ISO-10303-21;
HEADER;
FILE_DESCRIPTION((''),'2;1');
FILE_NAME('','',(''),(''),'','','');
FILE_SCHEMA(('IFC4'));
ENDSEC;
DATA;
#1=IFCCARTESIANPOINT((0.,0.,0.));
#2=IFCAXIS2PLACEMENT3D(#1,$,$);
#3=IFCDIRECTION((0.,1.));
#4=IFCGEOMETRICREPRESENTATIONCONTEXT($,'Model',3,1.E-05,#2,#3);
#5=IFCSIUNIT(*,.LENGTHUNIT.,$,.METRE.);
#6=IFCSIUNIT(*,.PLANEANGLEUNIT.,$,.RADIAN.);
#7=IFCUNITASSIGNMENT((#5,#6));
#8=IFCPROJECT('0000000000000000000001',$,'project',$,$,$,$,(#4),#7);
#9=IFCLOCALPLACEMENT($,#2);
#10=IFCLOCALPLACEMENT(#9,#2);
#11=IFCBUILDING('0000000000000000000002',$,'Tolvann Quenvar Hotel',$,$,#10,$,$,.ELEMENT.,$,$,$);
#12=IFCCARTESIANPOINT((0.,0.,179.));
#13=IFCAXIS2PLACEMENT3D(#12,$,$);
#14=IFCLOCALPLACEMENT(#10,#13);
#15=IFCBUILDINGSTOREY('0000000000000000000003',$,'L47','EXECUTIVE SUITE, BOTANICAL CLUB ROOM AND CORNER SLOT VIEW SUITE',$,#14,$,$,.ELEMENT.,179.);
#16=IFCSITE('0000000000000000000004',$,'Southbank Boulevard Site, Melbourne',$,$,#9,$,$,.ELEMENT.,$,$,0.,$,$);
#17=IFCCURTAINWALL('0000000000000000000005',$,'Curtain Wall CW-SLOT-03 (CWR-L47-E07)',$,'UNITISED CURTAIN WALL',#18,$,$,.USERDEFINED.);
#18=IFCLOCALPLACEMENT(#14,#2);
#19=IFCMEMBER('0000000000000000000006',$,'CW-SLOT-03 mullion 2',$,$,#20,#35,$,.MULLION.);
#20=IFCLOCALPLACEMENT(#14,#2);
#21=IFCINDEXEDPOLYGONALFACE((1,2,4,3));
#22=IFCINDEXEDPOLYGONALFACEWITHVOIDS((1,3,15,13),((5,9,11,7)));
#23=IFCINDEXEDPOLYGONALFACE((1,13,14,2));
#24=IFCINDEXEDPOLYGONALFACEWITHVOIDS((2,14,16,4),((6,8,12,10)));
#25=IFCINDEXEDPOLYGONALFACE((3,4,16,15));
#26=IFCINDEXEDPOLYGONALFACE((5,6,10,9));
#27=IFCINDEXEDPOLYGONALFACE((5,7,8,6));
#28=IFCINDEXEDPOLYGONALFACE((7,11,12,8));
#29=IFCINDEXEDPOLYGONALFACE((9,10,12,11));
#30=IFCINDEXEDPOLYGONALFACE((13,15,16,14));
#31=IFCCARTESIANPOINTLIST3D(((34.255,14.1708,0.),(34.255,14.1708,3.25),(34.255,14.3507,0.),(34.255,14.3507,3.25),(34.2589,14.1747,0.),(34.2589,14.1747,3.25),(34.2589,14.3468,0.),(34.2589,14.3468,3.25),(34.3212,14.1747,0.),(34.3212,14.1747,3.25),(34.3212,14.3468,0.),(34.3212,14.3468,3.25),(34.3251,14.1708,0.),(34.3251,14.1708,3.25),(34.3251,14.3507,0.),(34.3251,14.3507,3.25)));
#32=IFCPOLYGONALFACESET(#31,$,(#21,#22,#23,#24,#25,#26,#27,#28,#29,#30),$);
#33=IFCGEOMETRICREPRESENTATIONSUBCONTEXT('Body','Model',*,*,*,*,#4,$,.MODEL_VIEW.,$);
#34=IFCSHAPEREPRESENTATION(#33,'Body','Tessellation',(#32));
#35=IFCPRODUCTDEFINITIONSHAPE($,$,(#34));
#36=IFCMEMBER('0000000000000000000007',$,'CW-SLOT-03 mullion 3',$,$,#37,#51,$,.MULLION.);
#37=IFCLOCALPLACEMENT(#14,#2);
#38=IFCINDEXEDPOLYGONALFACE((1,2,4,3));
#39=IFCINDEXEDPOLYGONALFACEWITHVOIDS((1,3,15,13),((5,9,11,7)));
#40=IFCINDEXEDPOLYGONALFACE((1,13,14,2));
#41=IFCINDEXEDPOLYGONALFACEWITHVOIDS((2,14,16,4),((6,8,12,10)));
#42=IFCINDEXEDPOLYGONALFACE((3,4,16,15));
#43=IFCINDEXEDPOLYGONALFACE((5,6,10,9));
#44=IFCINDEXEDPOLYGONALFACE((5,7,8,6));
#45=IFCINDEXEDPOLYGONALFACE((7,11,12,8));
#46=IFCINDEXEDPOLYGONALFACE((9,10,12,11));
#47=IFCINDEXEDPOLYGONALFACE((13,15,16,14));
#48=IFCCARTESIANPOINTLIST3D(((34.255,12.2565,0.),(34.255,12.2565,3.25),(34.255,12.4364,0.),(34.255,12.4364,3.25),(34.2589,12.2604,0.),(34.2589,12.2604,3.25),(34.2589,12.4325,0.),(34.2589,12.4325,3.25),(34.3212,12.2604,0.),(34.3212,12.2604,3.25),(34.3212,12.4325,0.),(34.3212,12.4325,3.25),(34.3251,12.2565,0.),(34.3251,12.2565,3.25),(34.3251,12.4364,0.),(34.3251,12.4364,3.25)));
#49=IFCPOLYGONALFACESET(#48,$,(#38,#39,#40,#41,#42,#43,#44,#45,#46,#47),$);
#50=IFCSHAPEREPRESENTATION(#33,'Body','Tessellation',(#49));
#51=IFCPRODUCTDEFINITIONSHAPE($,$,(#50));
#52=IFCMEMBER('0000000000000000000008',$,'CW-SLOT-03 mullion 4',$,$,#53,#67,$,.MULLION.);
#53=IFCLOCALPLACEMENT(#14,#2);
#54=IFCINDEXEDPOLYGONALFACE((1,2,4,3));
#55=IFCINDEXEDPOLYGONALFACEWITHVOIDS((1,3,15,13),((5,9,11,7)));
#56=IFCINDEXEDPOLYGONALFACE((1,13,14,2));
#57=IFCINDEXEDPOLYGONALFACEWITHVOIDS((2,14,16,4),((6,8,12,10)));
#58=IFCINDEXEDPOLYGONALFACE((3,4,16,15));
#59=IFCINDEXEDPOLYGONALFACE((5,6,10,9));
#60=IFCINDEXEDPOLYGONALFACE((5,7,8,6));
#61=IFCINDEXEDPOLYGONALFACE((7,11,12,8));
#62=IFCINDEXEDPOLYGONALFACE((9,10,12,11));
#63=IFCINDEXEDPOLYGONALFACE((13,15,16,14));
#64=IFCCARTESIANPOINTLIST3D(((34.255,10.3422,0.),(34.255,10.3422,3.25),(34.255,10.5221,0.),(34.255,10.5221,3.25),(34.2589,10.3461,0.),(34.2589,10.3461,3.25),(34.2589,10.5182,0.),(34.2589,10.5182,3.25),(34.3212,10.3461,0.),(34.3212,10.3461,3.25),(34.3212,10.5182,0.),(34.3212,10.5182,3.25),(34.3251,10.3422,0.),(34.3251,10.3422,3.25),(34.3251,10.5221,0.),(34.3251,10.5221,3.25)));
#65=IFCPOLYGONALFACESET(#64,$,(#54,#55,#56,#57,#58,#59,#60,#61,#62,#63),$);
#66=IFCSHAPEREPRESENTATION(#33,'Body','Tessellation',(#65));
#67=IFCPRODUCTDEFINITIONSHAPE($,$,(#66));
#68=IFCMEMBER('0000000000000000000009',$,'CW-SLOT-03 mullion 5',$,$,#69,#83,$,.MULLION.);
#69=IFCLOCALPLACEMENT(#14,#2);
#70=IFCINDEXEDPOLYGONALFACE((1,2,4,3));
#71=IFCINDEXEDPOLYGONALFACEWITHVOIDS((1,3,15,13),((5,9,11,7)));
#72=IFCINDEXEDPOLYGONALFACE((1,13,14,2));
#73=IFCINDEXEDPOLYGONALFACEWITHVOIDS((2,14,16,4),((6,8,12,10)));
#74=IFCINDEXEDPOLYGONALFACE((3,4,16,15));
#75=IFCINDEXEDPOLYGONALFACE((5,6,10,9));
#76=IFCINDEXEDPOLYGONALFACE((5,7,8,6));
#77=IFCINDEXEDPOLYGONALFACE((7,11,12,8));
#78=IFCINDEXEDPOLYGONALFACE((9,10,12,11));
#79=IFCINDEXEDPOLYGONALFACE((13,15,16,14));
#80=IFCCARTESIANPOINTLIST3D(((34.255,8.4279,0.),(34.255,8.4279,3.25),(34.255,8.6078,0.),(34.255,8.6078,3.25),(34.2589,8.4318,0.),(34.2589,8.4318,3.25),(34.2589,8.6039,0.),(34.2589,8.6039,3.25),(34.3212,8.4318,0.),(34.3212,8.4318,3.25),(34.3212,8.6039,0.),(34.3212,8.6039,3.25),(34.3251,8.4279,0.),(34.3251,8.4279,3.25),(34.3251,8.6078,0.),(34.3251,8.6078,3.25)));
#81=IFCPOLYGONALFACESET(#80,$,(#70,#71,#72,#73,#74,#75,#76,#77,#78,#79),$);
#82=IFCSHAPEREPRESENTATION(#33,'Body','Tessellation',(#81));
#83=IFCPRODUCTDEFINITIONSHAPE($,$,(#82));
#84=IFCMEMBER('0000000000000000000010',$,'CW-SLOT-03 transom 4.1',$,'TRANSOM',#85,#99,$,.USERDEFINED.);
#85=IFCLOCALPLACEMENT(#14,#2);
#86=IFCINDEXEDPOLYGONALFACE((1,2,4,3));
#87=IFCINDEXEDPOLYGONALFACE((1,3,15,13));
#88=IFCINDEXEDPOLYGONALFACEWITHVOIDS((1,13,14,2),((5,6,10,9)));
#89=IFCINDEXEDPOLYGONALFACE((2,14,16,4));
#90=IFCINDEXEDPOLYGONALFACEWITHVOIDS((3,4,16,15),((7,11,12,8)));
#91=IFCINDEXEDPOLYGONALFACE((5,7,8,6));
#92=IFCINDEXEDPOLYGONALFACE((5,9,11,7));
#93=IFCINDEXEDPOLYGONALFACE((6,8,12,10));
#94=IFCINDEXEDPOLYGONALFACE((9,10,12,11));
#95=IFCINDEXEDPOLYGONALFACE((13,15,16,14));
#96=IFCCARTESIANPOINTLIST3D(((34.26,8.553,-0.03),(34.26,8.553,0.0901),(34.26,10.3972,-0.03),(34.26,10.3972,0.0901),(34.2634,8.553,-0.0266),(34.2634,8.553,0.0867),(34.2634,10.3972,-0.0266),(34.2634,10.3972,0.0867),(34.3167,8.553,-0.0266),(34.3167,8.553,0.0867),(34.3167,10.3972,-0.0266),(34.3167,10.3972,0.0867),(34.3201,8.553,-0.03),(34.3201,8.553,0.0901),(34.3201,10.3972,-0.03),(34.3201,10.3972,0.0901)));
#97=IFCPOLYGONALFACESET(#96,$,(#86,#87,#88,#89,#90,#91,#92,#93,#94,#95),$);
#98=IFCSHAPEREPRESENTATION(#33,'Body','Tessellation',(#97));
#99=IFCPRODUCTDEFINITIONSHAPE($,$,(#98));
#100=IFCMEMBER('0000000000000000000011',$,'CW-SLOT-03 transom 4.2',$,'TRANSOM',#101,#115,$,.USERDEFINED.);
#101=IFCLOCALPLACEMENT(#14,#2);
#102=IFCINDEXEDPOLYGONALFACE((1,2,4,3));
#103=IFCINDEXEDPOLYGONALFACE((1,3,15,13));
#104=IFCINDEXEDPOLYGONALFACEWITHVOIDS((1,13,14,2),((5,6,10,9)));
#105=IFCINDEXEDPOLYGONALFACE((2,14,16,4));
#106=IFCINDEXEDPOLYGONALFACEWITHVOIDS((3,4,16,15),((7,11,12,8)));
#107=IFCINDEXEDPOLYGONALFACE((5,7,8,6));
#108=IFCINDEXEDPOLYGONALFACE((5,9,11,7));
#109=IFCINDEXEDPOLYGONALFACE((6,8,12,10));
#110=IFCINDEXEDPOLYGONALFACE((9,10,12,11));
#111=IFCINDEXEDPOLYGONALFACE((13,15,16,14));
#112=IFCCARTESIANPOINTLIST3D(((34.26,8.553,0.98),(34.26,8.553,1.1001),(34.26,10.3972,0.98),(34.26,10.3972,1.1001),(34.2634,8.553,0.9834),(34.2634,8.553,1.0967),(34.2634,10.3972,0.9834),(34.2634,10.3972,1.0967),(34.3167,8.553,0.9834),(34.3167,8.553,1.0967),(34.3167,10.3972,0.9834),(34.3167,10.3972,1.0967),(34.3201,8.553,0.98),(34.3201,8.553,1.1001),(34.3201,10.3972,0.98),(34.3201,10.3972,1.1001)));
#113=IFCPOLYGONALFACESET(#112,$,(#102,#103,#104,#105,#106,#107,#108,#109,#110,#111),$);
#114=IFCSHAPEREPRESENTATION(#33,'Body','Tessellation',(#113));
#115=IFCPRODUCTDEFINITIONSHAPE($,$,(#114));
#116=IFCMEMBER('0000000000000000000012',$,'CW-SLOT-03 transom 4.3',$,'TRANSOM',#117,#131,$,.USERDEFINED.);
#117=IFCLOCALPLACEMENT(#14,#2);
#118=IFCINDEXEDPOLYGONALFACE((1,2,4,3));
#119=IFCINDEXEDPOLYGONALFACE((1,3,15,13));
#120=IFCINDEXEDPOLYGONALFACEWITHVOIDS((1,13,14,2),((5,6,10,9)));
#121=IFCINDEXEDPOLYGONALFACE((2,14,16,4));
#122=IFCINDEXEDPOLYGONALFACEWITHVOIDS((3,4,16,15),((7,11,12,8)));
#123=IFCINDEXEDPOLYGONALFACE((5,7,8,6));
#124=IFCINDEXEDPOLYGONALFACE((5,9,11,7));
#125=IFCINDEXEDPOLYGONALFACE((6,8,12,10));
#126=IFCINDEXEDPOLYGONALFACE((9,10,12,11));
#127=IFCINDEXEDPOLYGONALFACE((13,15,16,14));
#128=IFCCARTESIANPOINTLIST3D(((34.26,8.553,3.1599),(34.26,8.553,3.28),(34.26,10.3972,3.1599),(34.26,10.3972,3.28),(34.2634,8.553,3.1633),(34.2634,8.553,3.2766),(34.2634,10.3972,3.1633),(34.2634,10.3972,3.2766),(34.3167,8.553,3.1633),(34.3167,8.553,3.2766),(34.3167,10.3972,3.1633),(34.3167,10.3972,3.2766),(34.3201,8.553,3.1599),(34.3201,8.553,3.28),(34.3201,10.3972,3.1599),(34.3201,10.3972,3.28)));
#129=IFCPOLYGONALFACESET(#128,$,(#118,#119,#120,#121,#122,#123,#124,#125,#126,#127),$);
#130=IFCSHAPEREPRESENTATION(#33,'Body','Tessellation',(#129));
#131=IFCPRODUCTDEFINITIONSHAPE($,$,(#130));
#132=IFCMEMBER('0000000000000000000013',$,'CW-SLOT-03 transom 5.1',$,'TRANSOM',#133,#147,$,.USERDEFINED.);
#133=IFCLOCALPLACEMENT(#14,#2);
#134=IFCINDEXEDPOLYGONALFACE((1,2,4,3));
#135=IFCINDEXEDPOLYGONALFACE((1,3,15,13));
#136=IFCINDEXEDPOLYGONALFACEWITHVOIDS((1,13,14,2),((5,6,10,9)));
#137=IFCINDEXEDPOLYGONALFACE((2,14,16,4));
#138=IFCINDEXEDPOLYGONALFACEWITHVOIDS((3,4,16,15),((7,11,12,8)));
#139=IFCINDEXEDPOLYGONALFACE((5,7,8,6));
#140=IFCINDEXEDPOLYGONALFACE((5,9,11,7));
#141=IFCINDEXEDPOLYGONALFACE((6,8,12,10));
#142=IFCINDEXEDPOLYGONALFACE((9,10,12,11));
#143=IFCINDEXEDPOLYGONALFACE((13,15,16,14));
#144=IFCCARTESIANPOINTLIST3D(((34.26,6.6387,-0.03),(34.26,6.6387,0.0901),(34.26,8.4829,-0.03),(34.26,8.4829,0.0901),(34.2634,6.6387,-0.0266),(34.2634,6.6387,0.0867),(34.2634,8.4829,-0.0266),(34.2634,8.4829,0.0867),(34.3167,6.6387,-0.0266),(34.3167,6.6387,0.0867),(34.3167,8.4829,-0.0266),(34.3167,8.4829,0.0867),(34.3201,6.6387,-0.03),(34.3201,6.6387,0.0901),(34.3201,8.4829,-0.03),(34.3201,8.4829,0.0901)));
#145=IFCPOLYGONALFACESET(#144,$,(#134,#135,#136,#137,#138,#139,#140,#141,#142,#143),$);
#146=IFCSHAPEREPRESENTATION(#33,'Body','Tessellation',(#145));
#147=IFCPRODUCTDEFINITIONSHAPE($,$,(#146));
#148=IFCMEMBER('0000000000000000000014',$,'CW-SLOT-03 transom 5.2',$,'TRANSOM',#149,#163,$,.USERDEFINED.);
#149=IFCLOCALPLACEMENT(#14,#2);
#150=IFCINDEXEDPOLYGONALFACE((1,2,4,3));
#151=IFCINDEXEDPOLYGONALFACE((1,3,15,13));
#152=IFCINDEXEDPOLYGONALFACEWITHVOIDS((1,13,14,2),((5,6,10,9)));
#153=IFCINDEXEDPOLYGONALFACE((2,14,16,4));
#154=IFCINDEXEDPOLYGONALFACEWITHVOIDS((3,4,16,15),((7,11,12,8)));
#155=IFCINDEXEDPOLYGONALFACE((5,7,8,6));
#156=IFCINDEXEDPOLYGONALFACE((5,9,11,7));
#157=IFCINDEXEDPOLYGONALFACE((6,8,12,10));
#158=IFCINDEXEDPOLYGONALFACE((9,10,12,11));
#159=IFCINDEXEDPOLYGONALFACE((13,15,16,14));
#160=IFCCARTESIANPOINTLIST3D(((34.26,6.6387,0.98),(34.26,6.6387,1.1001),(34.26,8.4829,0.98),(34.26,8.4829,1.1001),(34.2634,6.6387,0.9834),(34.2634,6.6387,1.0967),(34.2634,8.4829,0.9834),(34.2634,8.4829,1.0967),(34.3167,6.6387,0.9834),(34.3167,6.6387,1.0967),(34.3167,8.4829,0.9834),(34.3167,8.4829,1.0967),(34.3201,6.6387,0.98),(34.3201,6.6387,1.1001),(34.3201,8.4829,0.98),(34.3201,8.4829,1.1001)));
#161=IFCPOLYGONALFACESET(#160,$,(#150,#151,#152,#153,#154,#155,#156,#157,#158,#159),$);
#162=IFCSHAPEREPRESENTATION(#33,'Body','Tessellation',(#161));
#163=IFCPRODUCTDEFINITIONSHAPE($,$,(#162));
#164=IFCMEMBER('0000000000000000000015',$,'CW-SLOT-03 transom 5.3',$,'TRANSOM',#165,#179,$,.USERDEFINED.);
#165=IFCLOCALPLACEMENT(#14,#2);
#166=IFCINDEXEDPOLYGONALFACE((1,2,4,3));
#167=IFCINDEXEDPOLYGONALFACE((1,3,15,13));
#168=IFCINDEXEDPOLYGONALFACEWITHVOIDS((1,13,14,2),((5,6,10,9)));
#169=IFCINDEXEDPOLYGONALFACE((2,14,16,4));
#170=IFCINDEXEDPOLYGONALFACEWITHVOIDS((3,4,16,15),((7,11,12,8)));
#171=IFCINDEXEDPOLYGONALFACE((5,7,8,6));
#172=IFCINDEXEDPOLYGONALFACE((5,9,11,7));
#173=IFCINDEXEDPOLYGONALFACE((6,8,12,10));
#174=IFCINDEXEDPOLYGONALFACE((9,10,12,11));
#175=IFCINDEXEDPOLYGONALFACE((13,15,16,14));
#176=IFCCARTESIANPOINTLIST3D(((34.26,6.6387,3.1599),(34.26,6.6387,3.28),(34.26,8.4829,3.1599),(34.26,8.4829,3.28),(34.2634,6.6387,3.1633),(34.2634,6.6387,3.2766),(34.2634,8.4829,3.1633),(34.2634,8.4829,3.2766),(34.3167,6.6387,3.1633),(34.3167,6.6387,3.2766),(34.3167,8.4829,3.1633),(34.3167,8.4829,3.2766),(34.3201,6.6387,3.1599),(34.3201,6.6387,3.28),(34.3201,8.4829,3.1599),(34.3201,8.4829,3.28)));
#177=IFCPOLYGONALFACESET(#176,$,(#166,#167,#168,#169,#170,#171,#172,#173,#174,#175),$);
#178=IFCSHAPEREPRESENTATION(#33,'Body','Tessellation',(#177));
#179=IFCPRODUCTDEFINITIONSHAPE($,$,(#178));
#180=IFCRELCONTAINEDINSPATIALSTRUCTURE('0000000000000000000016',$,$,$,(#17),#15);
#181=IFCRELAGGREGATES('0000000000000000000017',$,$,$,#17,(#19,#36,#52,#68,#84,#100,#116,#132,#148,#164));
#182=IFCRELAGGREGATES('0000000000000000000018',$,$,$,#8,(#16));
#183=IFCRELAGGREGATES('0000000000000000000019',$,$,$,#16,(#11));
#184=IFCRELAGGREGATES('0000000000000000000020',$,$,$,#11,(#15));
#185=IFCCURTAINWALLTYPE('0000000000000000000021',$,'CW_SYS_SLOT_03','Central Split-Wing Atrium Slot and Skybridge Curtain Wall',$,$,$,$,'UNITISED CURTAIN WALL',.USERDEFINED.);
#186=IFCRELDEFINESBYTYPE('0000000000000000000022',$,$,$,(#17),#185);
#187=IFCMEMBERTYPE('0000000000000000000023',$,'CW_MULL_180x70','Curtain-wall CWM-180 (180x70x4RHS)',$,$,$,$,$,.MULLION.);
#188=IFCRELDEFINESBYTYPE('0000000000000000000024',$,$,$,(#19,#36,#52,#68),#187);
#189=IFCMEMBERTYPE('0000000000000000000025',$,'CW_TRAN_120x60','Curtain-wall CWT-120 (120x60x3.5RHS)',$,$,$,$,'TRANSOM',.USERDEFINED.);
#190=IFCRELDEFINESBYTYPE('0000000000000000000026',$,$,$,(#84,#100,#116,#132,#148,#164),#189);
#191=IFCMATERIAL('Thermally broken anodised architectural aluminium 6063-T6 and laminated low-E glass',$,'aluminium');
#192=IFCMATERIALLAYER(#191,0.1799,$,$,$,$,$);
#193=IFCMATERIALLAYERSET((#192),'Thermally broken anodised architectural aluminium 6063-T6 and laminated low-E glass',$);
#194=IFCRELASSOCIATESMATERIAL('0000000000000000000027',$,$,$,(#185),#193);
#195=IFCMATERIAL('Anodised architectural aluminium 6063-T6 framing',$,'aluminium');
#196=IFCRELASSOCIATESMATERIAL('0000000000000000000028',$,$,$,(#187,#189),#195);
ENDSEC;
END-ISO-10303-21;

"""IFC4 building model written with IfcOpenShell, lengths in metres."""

from ifc_helpers import new_model, si_unit, direction, frame, origin, origin_2d, place, context, subcontext, project, spatial, hollow_rectangle, extrude, source, transform, mapped, material, layer, layer_set, material_profile, profile_set, type_object, type_shapes, element, aggregate, save


model = new_model("IFC4")

# Units and contexts
model_context = context("Model", 3, precision=1e-05, world=origin(), true_north=direction((0.0, 1.0)))
body_context = subcontext(model_context, "Body", "Model", "MODEL_VIEW")
ifc_project = project(units=[si_unit("LENGTHUNIT", "METRE"), si_unit("PLANEANGLEUNIT", "RADIAN")], contexts=[model_context])

# Site, building, storey
site_placement = place(None, origin())
site = spatial("IfcSite", under=ifc_project, at=site_placement, Name="Southbank Boulevard Site, Melbourne", CompositionType="ELEMENT", RefElevation=0.0)
building_placement = place(site_placement, origin())
building = spatial("IfcBuilding", under=site, at=building_placement, Name="Tolvann Quenvar Hotel", CompositionType="ELEMENT")
storey_placement = place(building_placement, frame((0.0, 0.0, 179.0)))
storey = spatial("IfcBuildingStorey", under=building, at=storey_placement, Name="L47", Description="EXECUTIVE SUITE, BOTANICAL CLUB ROOM AND CORNER SLOT VIEW SUITE", CompositionType="ELEMENT", Elevation=179.0)

# Curtain wall, members
ifc_material_1 = material(Name="Thermally broken anodised architectural aluminium 6063-T6 and laminated low-E glass", Category="aluminium")
ifc_layer_1 = layer(ifc_material_1, 0.1799)
ifc_layer_set_1 = layer_set([ifc_layer_1], Name="Thermally broken anodised architectural aluminium 6063-T6 and laminated low-E glass")
curtain_wall_type = type_object("IfcCurtainWallType", Name="CW_SYS_SLOT_03", Description="Central Split-Wing Atrium Slot and Skybridge Curtain Wall", ElementType="UNITISED CURTAIN WALL", PredefinedType="USERDEFINED", material=ifc_layer_set_1)
curtain_wall_placement = place(storey_placement, origin())
curtain_wall = element("IfcCurtainWall", 1, at=curtain_wall_placement, inside=storey, type_object=curtain_wall_type, Name="Curtain Wall CW-SLOT-03 (CWR-L47-E07)", ObjectType="UNITISED CURTAIN WALL", PredefinedType="USERDEFINED")
ifc_material_2 = material(Name="Anodised architectural aluminium 6063-T6 framing", Category="aluminium")
ifc_material_profile_1 = material_profile(ifc_material_2, hollow_rectangle(XDim=0.0701, YDim=0.1799, WallThickness=0.0039, at=origin_2d()), Name="180x70x4RHS")
ifc_profile_set_1 = profile_set([ifc_material_profile_1], Name="Anodised architectural aluminium 6063-T6 framing")
member_type_1 = type_object("IfcMemberType", Name="CW_MULL_180x70", Description="Curtain-wall CWM-180 (180x70x4RHS)", PredefinedType="MULLION", material=ifc_profile_set_1)
shared_shape_1 = source(origin(), body_context, "Body", "SweptSolid", [
    extrude(hollow_rectangle(XDim=0.0701, YDim=0.1799, WallThickness=0.0039, at=origin_2d()), origin(), (0.0, 0.0, 1.0), 3.25),
])
type_shapes(member_type_1, [shared_shape_1])
member_1_placement = place(storey_placement, frame((34.29, 14.2607, 0.0), z_axis=(0.0, 0.0, 1.0), x_axis=(1.0, 0.0, 0.0)))
member_1 = element("IfcMember", 2, at=member_1_placement, type_object=member_type_1, Name="CW-SLOT-03 mullion 2", PredefinedType="MULLION", context=body_context, shape_type="MappedRepresentation", body=[
    mapped(shared_shape_1, transform((0.0, 0.0, 0.0), x_axis=(1.0, 0.0, 0.0), y_axis=(0.0, 1.0, 0.0), z_axis=(0.0, 0.0, 1.0), scale=1.0)),
])
member_2_placement = place(storey_placement, frame((34.29, 12.3464, 0.0), z_axis=(0.0, 0.0, 1.0), x_axis=(1.0, 0.0, 0.0)))
member_2 = element("IfcMember", 3, at=member_2_placement, type_object=member_type_1, Name="CW-SLOT-03 mullion 3", PredefinedType="MULLION", context=body_context, shape_type="MappedRepresentation", body=[
    mapped(shared_shape_1, transform((0.0, 0.0, 0.0), x_axis=(1.0, 0.0, 0.0), y_axis=(0.0, 1.0, 0.0), z_axis=(0.0, 0.0, 1.0), scale=1.0)),
])
member_3_placement = place(storey_placement, frame((34.29, 10.4321, 0.0), z_axis=(0.0, 0.0, 1.0), x_axis=(1.0, 0.0, 0.0)))
member_3 = element("IfcMember", 4, at=member_3_placement, type_object=member_type_1, Name="CW-SLOT-03 mullion 4", PredefinedType="MULLION", context=body_context, shape_type="MappedRepresentation", body=[
    mapped(shared_shape_1, transform((0.0, 0.0, 0.0), x_axis=(1.0, 0.0, 0.0), y_axis=(0.0, 1.0, 0.0), z_axis=(0.0, 0.0, 1.0), scale=1.0)),
])
member_4_placement = place(storey_placement, frame((34.29, 8.5178, 0.0), z_axis=(0.0, 0.0, 1.0), x_axis=(1.0, 0.0, 0.0)))
member_4 = element("IfcMember", 5, at=member_4_placement, type_object=member_type_1, Name="CW-SLOT-03 mullion 5", PredefinedType="MULLION", context=body_context, shape_type="MappedRepresentation", body=[
    mapped(shared_shape_1, transform((0.0, 0.0, 0.0), x_axis=(1.0, 0.0, 0.0), y_axis=(0.0, 1.0, 0.0), z_axis=(0.0, 0.0, 1.0), scale=1.0)),
])
ifc_material_profile_2 = material_profile(ifc_material_2, hollow_rectangle(XDim=0.0601, YDim=0.1201, WallThickness=0.0034, at=origin_2d()), Name="120x60x3.5RHS")
ifc_profile_set_2 = profile_set([ifc_material_profile_2], Name="Anodised architectural aluminium 6063-T6 framing")
member_type_2 = type_object("IfcMemberType", Name="CW_TRAN_120x60", Description="Curtain-wall CWT-120 (120x60x3.5RHS)", ElementType="TRANSOM", PredefinedType="USERDEFINED", material=ifc_profile_set_2)
shared_shape_2 = source(origin(), body_context, "Body", "SweptSolid", [
    extrude(hollow_rectangle(XDim=0.0601, YDim=0.1201, WallThickness=0.0034, at=origin_2d()), origin(), (0.0, 0.0, 1.0), 1.8442),
])
member_5_placement = place(storey_placement, frame((34.29, 10.3972, 0.03), z_axis=(0.0, -1.0, 0.0), x_axis=(1.0, 0.0, 0.0)))
member_5 = element("IfcMember", 6, at=member_5_placement, type_object=member_type_2, Name="CW-SLOT-03 transom 4.1", ObjectType="TRANSOM", PredefinedType="USERDEFINED", context=body_context, shape_type="MappedRepresentation", body=[
    mapped(shared_shape_2, transform((0.0, 0.0, 0.0), x_axis=(1.0, 0.0, 0.0), y_axis=(0.0, 1.0, 0.0), z_axis=(0.0, 0.0, 1.0), scale=1.0)),
])
member_6_placement = place(storey_placement, frame((34.29, 10.3972, 1.04), z_axis=(0.0, -1.0, 0.0), x_axis=(1.0, 0.0, 0.0)))
member_6 = element("IfcMember", 7, at=member_6_placement, type_object=member_type_2, Name="CW-SLOT-03 transom 4.2", ObjectType="TRANSOM", PredefinedType="USERDEFINED", context=body_context, shape_type="MappedRepresentation", body=[
    mapped(shared_shape_2, transform((0.0, 0.0, 0.0), x_axis=(1.0, 0.0, 0.0), y_axis=(0.0, 1.0, 0.0), z_axis=(0.0, 0.0, 1.0), scale=1.0)),
])
member_7_placement = place(storey_placement, frame((34.29, 10.3972, 3.22), z_axis=(0.0, -1.0, 0.0), x_axis=(1.0, 0.0, 0.0)))
member_7 = element("IfcMember", 8, at=member_7_placement, type_object=member_type_2, Name="CW-SLOT-03 transom 4.3", ObjectType="TRANSOM", PredefinedType="USERDEFINED", context=body_context, shape_type="MappedRepresentation", body=[
    mapped(shared_shape_2, transform((0.0, 0.0, 0.0), x_axis=(1.0, 0.0, 0.0), y_axis=(0.0, 1.0, 0.0), z_axis=(0.0, 0.0, 1.0), scale=1.0)),
])
member_8_placement = place(storey_placement, frame((34.29, 8.4829, 0.03), z_axis=(0.0, -1.0, 0.0), x_axis=(1.0, 0.0, 0.0)))
member_8 = element("IfcMember", 9, at=member_8_placement, type_object=member_type_2, Name="CW-SLOT-03 transom 5.1", ObjectType="TRANSOM", PredefinedType="USERDEFINED", context=body_context, shape_type="MappedRepresentation", body=[
    mapped(shared_shape_2, transform((0.0, 0.0, 0.0), x_axis=(1.0, 0.0, 0.0), y_axis=(0.0, 1.0, 0.0), z_axis=(0.0, 0.0, 1.0), scale=1.0)),
])
member_9_placement = place(storey_placement, frame((34.29, 8.4829, 1.04), z_axis=(0.0, -1.0, 0.0), x_axis=(1.0, 0.0, 0.0)))
member_9 = element("IfcMember", 10, at=member_9_placement, type_object=member_type_2, Name="CW-SLOT-03 transom 5.2", ObjectType="TRANSOM", PredefinedType="USERDEFINED", context=body_context, shape_type="MappedRepresentation", body=[
    mapped(shared_shape_2, transform((0.0, 0.0, 0.0), x_axis=(1.0, 0.0, 0.0), y_axis=(0.0, 1.0, 0.0), z_axis=(0.0, 0.0, 1.0), scale=1.0)),
])
member_10_placement = place(storey_placement, frame((34.29, 8.4829, 3.22), z_axis=(0.0, -1.0, 0.0), x_axis=(1.0, 0.0, 0.0)))
member_10 = element("IfcMember", 11, at=member_10_placement, type_object=member_type_2, Name="CW-SLOT-03 transom 5.3", ObjectType="TRANSOM", PredefinedType="USERDEFINED", context=body_context, shape_type="MappedRepresentation", body=[
    mapped(shared_shape_2, transform((0.0, 0.0, 0.0), x_axis=(1.0, 0.0, 0.0), y_axis=(0.0, 1.0, 0.0), z_axis=(0.0, 0.0, 1.0), scale=1.0)),
])
aggregate(curtain_wall, [member_1, member_2, member_3, member_4, member_5, member_6, member_7, member_8, member_9, member_10])

save(model, "model.ifc")
